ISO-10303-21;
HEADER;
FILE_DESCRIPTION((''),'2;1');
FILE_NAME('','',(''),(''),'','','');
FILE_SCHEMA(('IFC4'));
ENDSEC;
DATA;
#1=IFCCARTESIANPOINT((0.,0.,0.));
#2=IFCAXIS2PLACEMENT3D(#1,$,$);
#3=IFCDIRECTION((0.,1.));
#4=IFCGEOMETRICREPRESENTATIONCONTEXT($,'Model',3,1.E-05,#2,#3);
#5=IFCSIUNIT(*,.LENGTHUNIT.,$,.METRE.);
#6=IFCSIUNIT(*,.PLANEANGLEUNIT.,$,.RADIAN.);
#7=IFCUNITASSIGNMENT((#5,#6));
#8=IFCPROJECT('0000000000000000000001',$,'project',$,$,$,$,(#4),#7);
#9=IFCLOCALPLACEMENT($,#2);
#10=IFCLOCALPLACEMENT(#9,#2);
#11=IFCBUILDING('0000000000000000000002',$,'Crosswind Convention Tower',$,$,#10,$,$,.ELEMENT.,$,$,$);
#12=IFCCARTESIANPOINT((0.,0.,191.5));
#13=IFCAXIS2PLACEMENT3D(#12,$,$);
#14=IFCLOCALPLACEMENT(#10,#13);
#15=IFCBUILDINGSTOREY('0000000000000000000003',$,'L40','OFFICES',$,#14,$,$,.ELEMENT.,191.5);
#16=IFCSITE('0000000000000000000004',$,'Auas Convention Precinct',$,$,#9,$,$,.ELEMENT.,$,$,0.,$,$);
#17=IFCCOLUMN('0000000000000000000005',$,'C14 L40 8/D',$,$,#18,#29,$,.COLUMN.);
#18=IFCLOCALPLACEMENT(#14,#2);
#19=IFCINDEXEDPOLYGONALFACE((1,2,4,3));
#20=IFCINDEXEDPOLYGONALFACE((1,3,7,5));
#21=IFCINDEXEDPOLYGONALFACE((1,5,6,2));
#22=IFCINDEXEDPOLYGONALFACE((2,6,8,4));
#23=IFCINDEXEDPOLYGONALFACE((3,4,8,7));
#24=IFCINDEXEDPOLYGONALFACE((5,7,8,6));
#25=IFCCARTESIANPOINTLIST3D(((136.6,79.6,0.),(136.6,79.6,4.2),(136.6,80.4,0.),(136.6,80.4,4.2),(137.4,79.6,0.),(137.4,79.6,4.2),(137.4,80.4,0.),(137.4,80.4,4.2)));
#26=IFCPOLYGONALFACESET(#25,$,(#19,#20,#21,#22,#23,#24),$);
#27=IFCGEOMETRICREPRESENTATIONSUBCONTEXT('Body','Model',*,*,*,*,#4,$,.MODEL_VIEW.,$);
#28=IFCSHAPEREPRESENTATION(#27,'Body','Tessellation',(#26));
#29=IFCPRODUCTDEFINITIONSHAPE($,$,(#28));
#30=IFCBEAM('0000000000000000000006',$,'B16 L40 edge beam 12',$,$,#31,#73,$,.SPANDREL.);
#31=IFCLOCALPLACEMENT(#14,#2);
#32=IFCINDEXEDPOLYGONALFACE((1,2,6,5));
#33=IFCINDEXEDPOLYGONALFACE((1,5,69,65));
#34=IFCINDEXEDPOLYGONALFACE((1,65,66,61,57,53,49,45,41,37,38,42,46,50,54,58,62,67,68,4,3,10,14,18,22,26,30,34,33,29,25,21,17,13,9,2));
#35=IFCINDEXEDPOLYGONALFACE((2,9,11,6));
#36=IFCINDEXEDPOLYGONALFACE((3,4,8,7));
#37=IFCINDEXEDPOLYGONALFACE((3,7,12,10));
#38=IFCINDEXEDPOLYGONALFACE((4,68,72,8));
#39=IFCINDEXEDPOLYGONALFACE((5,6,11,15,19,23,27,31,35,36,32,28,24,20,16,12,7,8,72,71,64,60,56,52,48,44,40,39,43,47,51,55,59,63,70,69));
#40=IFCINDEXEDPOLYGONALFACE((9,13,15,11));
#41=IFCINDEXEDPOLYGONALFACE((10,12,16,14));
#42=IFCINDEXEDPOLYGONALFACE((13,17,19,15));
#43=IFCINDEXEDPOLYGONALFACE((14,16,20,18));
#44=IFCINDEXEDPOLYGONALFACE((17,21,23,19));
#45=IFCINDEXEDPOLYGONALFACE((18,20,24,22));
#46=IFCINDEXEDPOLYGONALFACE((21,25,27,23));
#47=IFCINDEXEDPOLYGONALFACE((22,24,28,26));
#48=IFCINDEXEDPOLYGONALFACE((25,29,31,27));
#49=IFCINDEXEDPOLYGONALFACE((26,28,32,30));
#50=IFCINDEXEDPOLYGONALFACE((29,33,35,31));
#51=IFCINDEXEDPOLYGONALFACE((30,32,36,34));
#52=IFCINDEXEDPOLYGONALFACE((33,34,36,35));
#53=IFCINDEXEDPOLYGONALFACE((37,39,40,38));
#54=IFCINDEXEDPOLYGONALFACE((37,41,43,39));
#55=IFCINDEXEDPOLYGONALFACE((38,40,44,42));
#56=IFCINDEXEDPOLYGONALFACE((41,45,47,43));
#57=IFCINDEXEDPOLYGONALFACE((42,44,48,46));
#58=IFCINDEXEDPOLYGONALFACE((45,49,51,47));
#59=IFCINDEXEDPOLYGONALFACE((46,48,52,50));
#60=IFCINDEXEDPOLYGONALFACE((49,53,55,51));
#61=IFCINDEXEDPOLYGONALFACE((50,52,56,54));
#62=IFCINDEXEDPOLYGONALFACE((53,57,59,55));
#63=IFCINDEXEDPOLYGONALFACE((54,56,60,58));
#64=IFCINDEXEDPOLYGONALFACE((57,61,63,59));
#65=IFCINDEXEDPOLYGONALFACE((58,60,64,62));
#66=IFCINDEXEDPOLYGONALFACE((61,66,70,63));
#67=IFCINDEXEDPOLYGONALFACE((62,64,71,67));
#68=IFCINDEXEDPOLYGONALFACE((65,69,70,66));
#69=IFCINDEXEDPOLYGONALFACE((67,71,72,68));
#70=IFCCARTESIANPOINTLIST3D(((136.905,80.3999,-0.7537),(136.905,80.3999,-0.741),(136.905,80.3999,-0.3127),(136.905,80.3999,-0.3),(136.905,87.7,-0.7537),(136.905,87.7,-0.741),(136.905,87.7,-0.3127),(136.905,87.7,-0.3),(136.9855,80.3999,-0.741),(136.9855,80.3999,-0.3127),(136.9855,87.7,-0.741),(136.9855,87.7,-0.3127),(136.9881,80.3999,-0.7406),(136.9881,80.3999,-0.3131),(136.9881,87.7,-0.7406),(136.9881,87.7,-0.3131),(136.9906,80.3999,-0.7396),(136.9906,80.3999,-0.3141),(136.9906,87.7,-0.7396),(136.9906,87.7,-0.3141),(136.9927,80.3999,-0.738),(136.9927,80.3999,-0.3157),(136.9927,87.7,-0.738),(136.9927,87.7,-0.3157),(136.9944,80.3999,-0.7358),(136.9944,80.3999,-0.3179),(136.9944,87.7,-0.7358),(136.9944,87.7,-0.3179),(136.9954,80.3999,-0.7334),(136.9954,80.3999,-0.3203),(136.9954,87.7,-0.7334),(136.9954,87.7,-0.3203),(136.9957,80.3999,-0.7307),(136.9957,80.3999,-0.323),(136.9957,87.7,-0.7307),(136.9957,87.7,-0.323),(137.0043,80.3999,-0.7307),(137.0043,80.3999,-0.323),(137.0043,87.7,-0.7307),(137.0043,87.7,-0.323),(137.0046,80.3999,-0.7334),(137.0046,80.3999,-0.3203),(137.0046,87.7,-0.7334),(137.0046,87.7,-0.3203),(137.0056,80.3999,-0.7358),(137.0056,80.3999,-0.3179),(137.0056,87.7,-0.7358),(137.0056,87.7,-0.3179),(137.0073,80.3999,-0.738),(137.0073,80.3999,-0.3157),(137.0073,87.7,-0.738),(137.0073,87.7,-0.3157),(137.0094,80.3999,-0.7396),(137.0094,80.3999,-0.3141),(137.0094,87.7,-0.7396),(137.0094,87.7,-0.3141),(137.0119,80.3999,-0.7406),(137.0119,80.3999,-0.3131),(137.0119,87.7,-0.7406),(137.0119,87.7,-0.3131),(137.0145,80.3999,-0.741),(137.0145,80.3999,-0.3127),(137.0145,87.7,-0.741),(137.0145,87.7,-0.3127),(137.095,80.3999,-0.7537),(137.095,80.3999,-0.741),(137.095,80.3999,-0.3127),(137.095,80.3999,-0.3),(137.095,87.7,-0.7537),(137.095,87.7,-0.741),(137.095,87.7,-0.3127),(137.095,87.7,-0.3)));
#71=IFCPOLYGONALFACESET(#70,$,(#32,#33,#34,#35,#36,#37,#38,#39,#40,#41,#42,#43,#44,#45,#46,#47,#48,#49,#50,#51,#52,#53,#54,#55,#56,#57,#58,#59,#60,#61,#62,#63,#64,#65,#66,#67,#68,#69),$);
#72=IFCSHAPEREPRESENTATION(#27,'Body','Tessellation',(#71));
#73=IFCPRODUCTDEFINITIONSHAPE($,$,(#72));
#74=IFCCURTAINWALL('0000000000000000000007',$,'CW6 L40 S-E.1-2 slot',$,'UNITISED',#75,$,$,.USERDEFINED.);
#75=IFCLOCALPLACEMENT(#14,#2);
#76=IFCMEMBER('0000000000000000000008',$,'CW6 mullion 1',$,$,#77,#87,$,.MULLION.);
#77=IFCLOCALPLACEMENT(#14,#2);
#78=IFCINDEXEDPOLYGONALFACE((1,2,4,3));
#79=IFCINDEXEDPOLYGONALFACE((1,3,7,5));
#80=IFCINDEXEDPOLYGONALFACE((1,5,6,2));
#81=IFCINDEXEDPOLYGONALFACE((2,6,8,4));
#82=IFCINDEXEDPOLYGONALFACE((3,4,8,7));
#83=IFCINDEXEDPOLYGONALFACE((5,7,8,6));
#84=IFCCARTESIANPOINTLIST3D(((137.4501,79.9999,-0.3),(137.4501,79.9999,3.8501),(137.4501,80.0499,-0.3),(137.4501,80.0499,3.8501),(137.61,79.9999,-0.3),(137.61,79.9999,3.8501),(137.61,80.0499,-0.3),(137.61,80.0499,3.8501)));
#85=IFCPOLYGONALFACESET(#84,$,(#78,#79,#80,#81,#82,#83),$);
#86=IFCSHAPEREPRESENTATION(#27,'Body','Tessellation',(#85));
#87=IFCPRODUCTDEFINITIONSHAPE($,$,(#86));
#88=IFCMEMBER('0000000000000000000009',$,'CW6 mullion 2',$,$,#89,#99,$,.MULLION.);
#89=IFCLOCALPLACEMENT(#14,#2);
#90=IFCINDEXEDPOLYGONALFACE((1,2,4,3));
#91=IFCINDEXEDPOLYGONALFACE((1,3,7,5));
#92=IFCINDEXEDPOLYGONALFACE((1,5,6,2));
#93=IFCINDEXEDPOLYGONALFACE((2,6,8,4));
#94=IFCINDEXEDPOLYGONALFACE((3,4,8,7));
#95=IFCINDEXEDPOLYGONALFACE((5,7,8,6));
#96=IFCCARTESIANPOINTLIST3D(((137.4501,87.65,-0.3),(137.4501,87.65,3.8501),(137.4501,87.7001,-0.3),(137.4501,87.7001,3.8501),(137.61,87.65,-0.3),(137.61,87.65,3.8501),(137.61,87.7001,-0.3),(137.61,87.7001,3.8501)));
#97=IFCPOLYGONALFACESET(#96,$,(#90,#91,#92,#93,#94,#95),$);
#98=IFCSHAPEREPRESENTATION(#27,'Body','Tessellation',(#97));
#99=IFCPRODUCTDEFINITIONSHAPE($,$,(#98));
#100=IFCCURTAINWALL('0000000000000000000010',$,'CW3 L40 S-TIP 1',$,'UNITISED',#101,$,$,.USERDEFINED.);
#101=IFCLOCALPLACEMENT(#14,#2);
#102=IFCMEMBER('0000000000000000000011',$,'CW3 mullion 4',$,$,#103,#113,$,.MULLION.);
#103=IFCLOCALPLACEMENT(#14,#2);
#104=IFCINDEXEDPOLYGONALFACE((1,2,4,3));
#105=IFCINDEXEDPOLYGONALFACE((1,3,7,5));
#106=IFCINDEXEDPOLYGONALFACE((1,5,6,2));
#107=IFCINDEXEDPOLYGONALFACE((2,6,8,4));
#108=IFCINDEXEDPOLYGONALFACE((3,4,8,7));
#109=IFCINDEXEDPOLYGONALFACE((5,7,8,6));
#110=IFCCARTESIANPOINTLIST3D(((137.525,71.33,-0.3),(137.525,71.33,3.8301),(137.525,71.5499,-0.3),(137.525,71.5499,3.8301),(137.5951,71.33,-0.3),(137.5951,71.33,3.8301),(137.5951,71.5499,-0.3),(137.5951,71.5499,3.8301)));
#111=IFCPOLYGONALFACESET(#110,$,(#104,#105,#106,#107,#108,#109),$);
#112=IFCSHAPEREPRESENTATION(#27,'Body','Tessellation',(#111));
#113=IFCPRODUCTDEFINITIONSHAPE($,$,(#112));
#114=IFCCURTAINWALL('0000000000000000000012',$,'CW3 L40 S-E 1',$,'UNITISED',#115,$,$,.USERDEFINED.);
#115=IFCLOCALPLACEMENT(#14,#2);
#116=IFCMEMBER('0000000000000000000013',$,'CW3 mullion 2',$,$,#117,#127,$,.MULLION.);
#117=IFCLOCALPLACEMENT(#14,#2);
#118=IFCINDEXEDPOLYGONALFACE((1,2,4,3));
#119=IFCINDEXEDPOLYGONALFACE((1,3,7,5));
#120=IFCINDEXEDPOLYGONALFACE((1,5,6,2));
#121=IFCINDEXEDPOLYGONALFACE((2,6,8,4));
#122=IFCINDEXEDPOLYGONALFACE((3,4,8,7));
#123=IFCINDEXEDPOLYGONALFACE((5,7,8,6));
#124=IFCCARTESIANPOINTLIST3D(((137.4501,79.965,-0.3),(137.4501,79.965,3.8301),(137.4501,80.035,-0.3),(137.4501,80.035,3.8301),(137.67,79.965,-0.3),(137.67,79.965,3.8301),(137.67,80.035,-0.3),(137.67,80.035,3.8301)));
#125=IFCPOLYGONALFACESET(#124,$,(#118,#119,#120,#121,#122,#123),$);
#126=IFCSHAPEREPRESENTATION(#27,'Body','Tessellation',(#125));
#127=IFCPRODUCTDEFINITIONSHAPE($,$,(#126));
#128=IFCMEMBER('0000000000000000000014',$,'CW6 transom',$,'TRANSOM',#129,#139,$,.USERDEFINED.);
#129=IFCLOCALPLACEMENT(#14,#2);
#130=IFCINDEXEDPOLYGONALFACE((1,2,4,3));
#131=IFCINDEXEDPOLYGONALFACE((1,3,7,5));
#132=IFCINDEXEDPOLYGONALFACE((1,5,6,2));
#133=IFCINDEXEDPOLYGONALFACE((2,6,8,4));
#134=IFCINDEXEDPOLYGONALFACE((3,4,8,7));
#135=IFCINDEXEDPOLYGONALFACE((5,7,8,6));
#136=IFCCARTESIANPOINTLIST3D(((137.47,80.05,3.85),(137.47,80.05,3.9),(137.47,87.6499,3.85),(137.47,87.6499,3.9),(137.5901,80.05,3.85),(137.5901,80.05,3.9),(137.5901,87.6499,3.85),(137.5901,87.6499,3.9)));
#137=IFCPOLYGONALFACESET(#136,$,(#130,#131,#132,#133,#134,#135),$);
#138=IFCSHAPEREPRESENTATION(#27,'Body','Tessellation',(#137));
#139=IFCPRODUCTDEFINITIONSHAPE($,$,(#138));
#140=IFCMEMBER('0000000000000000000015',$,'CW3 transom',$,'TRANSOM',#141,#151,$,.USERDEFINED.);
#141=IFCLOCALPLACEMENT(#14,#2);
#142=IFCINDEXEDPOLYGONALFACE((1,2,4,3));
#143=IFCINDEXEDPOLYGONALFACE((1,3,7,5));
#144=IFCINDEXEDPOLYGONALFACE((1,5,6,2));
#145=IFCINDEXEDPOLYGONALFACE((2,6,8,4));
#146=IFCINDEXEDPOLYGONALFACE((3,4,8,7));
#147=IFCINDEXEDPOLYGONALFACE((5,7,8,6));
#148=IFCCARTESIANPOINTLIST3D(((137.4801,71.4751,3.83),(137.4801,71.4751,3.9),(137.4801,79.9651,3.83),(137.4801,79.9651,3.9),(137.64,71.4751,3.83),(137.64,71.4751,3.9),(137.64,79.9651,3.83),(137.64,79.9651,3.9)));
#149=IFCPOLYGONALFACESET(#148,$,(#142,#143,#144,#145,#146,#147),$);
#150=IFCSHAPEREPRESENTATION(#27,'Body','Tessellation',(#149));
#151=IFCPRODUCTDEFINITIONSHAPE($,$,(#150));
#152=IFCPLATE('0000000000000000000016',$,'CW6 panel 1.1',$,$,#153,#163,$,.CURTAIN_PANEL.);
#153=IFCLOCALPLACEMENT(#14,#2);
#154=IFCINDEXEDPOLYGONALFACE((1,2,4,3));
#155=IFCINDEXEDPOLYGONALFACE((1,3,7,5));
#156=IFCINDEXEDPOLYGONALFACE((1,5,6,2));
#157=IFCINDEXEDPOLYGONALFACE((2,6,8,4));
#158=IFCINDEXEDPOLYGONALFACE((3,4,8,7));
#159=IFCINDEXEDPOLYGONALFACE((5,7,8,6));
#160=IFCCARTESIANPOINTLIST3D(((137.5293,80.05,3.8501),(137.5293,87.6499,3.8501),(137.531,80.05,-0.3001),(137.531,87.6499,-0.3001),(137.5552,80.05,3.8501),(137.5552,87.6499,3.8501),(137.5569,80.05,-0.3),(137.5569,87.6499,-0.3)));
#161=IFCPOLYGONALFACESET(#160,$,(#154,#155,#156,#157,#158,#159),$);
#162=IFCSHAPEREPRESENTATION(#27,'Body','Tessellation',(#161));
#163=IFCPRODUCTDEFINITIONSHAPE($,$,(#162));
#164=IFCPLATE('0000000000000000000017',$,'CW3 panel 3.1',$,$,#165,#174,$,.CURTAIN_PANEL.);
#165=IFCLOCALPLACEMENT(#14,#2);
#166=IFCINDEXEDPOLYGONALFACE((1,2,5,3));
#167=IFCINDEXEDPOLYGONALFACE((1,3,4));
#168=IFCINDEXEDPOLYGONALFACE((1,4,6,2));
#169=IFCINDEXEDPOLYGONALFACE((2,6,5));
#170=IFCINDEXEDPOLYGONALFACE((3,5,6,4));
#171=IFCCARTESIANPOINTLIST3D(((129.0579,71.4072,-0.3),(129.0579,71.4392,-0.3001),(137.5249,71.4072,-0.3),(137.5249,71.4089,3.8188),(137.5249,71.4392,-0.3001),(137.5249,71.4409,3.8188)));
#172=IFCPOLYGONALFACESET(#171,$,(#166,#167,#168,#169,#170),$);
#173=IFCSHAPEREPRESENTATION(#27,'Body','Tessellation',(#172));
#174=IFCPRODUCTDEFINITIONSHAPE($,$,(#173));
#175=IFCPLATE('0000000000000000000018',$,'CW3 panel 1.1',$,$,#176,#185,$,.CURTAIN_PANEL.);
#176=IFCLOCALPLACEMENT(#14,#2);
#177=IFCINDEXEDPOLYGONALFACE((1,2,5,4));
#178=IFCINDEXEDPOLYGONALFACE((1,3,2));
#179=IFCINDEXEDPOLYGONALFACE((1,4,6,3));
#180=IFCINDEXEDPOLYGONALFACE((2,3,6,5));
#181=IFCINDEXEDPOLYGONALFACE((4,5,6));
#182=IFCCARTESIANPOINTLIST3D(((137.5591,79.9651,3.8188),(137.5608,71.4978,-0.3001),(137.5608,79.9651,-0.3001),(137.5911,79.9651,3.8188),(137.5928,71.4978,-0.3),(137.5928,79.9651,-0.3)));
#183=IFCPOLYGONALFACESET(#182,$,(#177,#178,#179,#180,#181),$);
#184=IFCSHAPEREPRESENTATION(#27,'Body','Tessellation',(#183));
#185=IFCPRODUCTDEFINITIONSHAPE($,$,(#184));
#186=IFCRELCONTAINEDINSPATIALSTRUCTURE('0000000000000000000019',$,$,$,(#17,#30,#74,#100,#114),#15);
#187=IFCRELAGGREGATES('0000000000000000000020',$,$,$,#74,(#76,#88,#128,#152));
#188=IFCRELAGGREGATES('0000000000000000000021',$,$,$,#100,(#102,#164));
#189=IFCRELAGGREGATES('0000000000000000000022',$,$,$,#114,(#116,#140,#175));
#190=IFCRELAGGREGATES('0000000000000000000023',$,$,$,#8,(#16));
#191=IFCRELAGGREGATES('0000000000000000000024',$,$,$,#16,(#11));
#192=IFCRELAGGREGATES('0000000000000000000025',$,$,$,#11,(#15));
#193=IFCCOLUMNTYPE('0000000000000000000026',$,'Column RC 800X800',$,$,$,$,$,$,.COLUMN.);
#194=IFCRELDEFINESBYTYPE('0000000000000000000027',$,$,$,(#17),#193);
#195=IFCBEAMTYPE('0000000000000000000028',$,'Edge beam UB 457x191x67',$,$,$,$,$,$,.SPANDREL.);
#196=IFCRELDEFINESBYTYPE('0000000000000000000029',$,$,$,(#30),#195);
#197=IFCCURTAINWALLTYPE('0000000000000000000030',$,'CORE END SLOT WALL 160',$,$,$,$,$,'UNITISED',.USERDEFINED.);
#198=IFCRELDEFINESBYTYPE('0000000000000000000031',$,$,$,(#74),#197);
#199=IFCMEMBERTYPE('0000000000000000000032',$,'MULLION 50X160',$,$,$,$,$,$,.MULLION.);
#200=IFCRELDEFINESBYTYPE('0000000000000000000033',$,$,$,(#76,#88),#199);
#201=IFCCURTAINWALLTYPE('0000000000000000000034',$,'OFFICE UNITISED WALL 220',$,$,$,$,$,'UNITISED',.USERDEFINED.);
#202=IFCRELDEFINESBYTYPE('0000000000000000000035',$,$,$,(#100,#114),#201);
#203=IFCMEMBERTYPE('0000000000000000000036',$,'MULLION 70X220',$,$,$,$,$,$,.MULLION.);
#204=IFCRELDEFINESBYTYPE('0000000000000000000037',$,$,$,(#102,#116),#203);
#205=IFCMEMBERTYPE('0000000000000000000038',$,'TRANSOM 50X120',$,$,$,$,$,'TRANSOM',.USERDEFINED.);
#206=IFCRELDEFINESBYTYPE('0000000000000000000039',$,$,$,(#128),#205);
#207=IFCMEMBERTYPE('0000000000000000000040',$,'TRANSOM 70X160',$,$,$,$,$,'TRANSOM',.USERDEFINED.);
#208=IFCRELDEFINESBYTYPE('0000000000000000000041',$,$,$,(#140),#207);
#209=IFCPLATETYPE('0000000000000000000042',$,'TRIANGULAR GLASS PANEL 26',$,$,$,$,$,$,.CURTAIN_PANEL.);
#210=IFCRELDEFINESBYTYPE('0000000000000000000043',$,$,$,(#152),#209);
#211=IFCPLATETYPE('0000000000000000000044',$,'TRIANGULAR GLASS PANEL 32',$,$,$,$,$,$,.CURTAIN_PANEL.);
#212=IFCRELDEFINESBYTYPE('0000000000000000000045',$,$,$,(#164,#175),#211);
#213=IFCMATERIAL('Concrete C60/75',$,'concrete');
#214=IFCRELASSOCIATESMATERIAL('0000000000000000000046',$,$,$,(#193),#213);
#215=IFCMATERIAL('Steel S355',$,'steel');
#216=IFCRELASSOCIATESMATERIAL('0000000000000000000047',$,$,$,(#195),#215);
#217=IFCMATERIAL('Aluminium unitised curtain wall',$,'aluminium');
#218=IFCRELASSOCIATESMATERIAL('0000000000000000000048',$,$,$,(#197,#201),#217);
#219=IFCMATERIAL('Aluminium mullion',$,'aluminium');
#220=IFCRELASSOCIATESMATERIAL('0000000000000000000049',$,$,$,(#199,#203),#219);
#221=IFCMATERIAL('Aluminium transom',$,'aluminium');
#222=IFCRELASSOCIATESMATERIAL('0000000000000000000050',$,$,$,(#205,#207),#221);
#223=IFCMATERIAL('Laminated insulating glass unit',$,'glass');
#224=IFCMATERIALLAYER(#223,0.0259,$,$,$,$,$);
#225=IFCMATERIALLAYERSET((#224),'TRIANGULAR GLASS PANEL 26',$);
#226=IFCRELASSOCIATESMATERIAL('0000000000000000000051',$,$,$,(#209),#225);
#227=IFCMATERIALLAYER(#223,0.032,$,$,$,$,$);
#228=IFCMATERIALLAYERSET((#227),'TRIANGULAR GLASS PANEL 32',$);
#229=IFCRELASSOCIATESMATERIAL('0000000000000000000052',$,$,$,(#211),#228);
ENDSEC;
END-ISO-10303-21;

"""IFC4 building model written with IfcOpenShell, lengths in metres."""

from ifc_helpers import new_model, si_unit, direction, frame, origin, origin_2d, place, context, subcontext, project, spatial, polyline, rectangle, i_section, outline, extrude, material, layer, layer_set, material_profile, profile_set, type_object, element, aggregate, save


model = new_model("IFC4")

# Units and contexts
model_context = context("Model", 3, precision=1e-05, world=origin(), true_north=direction((0.0, 1.0)))
body_context = subcontext(model_context, "Body", "Model", "MODEL_VIEW")
ifc_project = project(units=[si_unit("LENGTHUNIT", "METRE"), si_unit("PLANEANGLEUNIT", "RADIAN")], contexts=[model_context])

# Site, building, storey
site_placement = place(None, origin())
site = spatial("IfcSite", under=ifc_project, at=site_placement, Name="Auas Convention Precinct", CompositionType="ELEMENT", RefElevation=0.0)
building_placement = place(site_placement, origin())
building = spatial("IfcBuilding", under=site, at=building_placement, Name="Crosswind Convention Tower", CompositionType="ELEMENT")
storey_placement = place(building_placement, frame((0.0, 0.0, 191.5)))
storey = spatial("IfcBuildingStorey", under=building, at=storey_placement, Name="L40", Description="OFFICES", CompositionType="ELEMENT", Elevation=191.5)

# Column
ifc_material_1 = material(Name="Concrete C60/75", Category="concrete")
ifc_material_profile_1 = material_profile(ifc_material_1, rectangle(XDim=0.8, YDim=0.8, at=origin_2d()), Name="RC 800X800")
ifc_profile_set_1 = profile_set([ifc_material_profile_1], Name="Concrete C60/75")
column_type = type_object("IfcColumnType", Name="Column RC 800X800", PredefinedType="COLUMN", material=ifc_profile_set_1)
column_placement = place(storey_placement, frame((137.0, 80.0, 0.0), z_axis=(0.0, 0.0, 1.0), x_axis=(1.0, 0.0, 0.0)))
element("IfcColumn", 1, at=column_placement, inside=storey, type_object=column_type, Name="C14 L40 8/D", PredefinedType="COLUMN", context=body_context, shape_type="SweptSolid", body=[
    extrude(rectangle(XDim=0.8, YDim=0.8, at=origin_2d()), origin(), (0.0, 0.0, 1.0), 4.2),
])

# Beam
ifc_material_2 = material(Name="Steel S355", Category="steel")
ifc_material_profile_2 = material_profile(ifc_material_2, i_section(OverallWidth=0.1899, OverallDepth=0.4536, WebThickness=0.0085, FlangeThickness=0.0127, FilletRadius=0.0103, at=origin_2d()), Name="UB 457x191x67")
ifc_profile_set_2 = profile_set([ifc_material_profile_2], Name="Steel S355")
beam_type = type_object("IfcBeamType", Name="Edge beam UB 457x191x67", PredefinedType="SPANDREL", material=ifc_profile_set_2)
beam_placement = place(storey_placement, frame((137.0, 80.3999, -0.5269), z_axis=(0.0, 1.0, 0.0), x_axis=(-1.0, 0.0, 0.0)))
element("IfcBeam", 2, at=beam_placement, inside=storey, type_object=beam_type, Name="B16 L40 edge beam 12", PredefinedType="SPANDREL", context=body_context, shape_type="SweptSolid", body=[
    extrude(i_section(OverallWidth=0.1899, OverallDepth=0.4536, WebThickness=0.0085, FlangeThickness=0.0127, FilletRadius=0.0103, at=origin_2d()), origin(), (0.0, 0.0, 1.0), 7.3),
])

# Curtain wall, members
ifc_material_3 = material(Name="Aluminium unitised curtain wall", Category="aluminium")
curtain_wall_type_1 = type_object("IfcCurtainWallType", Name="CORE END SLOT WALL 160", ElementType="UNITISED", PredefinedType="USERDEFINED", material=ifc_material_3)
curtain_wall_1_placement = place(storey_placement, origin())
curtain_wall_1 = element("IfcCurtainWall", 3, at=curtain_wall_1_placement, inside=storey, type_object=curtain_wall_type_1, Name="CW6 L40 S-E.1-2 slot", ObjectType="UNITISED", PredefinedType="USERDEFINED")
ifc_material_4 = material(Name="Aluminium mullion", Category="aluminium")
ifc_material_profile_3 = material_profile(ifc_material_4, rectangle(XDim=0.1599, YDim=0.05, at=origin_2d()), Name="AL 160X50")
ifc_profile_set_3 = profile_set([ifc_material_profile_3], Name="Aluminium mullion")
member_type_1 = type_object("IfcMemberType", Name="MULLION 50X160", PredefinedType="MULLION", material=ifc_profile_set_3)
member_1_placement = place(storey_placement, frame((137.53, 80.0249, -0.3), z_axis=(0.0, 0.0, 1.0), x_axis=(1.0, 0.0, 0.0)))
member_1 = element("IfcMember", 4, at=member_1_placement, type_object=member_type_1, Name="CW6 mullion 1", PredefinedType="MULLION", context=body_context, shape_type="SweptSolid", body=[
    extrude(rectangle(XDim=0.1599, YDim=0.05, at=origin_2d()), origin(), (0.0, 0.0, 1.0), 4.1501),
])
member_2_placement = place(storey_placement, frame((137.53, 87.675, -0.3), z_axis=(0.0, 0.0, 1.0), x_axis=(1.0, 0.0, 0.0)))
member_2 = element("IfcMember", 5, at=member_2_placement, type_object=member_type_1, Name="CW6 mullion 2", PredefinedType="MULLION", context=body_context, shape_type="SweptSolid", body=[
    extrude(rectangle(XDim=0.1599, YDim=0.05, at=origin_2d()), origin(), (0.0, 0.0, 1.0), 4.1501),
])

# Curtain walls, members
curtain_wall_type_2 = type_object("IfcCurtainWallType", Name="OFFICE UNITISED WALL 220", ElementType="UNITISED", PredefinedType="USERDEFINED", material=ifc_material_3)
curtain_wall_2_placement = place(storey_placement, origin())
curtain_wall_2 = element("IfcCurtainWall", 6, at=curtain_wall_2_placement, inside=storey, type_object=curtain_wall_type_2, Name="CW3 L40 S-TIP 1", ObjectType="UNITISED", PredefinedType="USERDEFINED")
ifc_material_profile_4 = material_profile(ifc_material_4, rectangle(XDim=0.22, YDim=0.0701, at=origin_2d()), Name="AL 220X70")
ifc_profile_set_4 = profile_set([ifc_material_profile_4], Name="Aluminium mullion")
member_type_2 = type_object("IfcMemberType", Name="MULLION 70X220", PredefinedType="MULLION", material=ifc_profile_set_4)
member_3_placement = place(storey_placement, frame((137.5601, 71.4399, -0.3), z_axis=(0.0, 0.0, 1.0), x_axis=(0.0, -1.0, 0.0)))
member_3 = element("IfcMember", 7, at=member_3_placement, type_object=member_type_2, Name="CW3 mullion 4", PredefinedType="MULLION", context=body_context, shape_type="SweptSolid", body=[
    extrude(rectangle(XDim=0.22, YDim=0.0701, at=origin_2d()), origin(), (0.0, 0.0, 1.0), 4.1301),
])
curtain_wall_3_placement = place(storey_placement, origin())
curtain_wall_3 = element("IfcCurtainWall", 8, at=curtain_wall_3_placement, inside=storey, type_object=curtain_wall_type_2, Name="CW3 L40 S-E 1", ObjectType="UNITISED", PredefinedType="USERDEFINED")
member_4_placement = place(storey_placement, frame((137.5601, 80.0, -0.3), z_axis=(0.0, 0.0, 1.0), x_axis=(1.0, 0.0, 0.0)))
member_4 = element("IfcMember", 9, at=member_4_placement, type_object=member_type_2, Name="CW3 mullion 2", PredefinedType="MULLION", context=body_context, shape_type="SweptSolid", body=[
    extrude(rectangle(XDim=0.22, YDim=0.0701, at=origin_2d()), origin(), (0.0, 0.0, 1.0), 4.1301),
])

# Members
ifc_material_5 = material(Name="Aluminium transom", Category="aluminium")
ifc_material_profile_5 = material_profile(ifc_material_5, rectangle(XDim=0.1201, YDim=0.05, at=origin_2d()), Name="AL 120X50")
ifc_profile_set_5 = profile_set([ifc_material_profile_5], Name="Aluminium transom")
member_type_3 = type_object("IfcMemberType", Name="TRANSOM 50X120", ElementType="TRANSOM", PredefinedType="USERDEFINED", material=ifc_profile_set_5)
member_5_placement = place(storey_placement, frame((137.53, 80.05, 3.875), z_axis=(0.0, 1.0, 0.0), x_axis=(-1.0, 0.0, 0.0)))
member_5 = element("IfcMember", 10, at=member_5_placement, type_object=member_type_3, Name="CW6 transom", ObjectType="TRANSOM", PredefinedType="USERDEFINED", context=body_context, shape_type="SweptSolid", body=[
    extrude(rectangle(XDim=0.1201, YDim=0.05, at=origin_2d()), origin(), (0.0, 0.0, 1.0), 7.5999),
])
ifc_material_profile_6 = material_profile(ifc_material_5, rectangle(XDim=0.1599, YDim=0.0701, at=origin_2d()), Name="AL 160X70")
ifc_profile_set_6 = profile_set([ifc_material_profile_6], Name="Aluminium transom")
member_type_4 = type_object("IfcMemberType", Name="TRANSOM 70X160", ElementType="TRANSOM", PredefinedType="USERDEFINED", material=ifc_profile_set_6)
member_6_placement = place(storey_placement, frame((137.5601, 71.4751, 3.865), z_axis=(0.0, 1.0, 0.0), x_axis=(-1.0, 0.0, 0.0)))
member_6 = element("IfcMember", 11, at=member_6_placement, type_object=member_type_4, Name="CW3 transom", ObjectType="TRANSOM", PredefinedType="USERDEFINED", context=body_context, shape_type="SweptSolid", body=[
    extrude(rectangle(XDim=0.1599, YDim=0.0701, at=origin_2d()), origin(), (0.0, 0.0, 1.0), 8.49),
])

# Plates
ifc_material_6 = material(Name="Laminated insulating glass unit", Category="glass")
ifc_layer_1 = layer(ifc_material_6, 0.0259)
ifc_layer_set_1 = layer_set([ifc_layer_1], Name="TRIANGULAR GLASS PANEL 26")
plate_type_1 = type_object("IfcPlateType", Name="TRIANGULAR GLASS PANEL 26", PredefinedType="CURTAIN_PANEL", material=ifc_layer_set_1)
plate_1_placement = place(storey_placement, frame((137.5569, 80.05, -0.3), z_axis=(1.0, 0.0, 0.000412), x_axis=(0.0, 1.0, 0.0)))
plate_1 = element("IfcPlate", 12, at=plate_1_placement, type_object=plate_type_1, Name="CW6 panel 1.1", PredefinedType="CURTAIN_PANEL", context=body_context, shape_type="SweptSolid", body=[
    extrude(outline(polyline([(0.0, 0.0), (7.5999, 0.0), (7.5999, 4.1501), (0.0, 4.1501), (0.0, 0.0)])), origin(), (0.0, 0.0, -1.0), 0.0259),
])
aggregate(curtain_wall_1, [member_1, member_2, member_5, plate_1])
ifc_layer_2 = layer(ifc_material_6, 0.032)
ifc_layer_set_2 = layer_set([ifc_layer_2], Name="TRIANGULAR GLASS PANEL 32")
plate_type_2 = type_object("IfcPlateType", Name="TRIANGULAR GLASS PANEL 32", PredefinedType="CURTAIN_PANEL", material=ifc_layer_set_2)
plate_2_placement = place(storey_placement, frame((137.5249, 71.4072, -0.3), z_axis=(0.0, -1.0, 0.000415), x_axis=(0.0, 0.000415, 1.0)))
plate_2 = element("IfcPlate", 13, at=plate_2_placement, type_object=plate_type_2, Name="CW3 panel 3.1", PredefinedType="CURTAIN_PANEL", context=body_context, shape_type="SweptSolid", body=[
    extrude(outline(polyline([(0.0, 0.0), (4.1189, 0.0), (0.0, 8.467), (0.0, 0.0)])), origin(), (0.0, 0.0, -1.0), 0.032),
])
aggregate(curtain_wall_2, [member_3, plate_2])
plate_3_placement = place(storey_placement, frame((137.5928, 79.9651, -0.3), z_axis=(1.0, 0.0, 0.000415), x_axis=(-0.000415, 0.0, 1.0)))
plate_3 = element("IfcPlate", 14, at=plate_3_placement, type_object=plate_type_2, Name="CW3 panel 1.1", PredefinedType="CURTAIN_PANEL", context=body_context, shape_type="SweptSolid", body=[
    extrude(outline(polyline([(0.0, 0.0), (4.1189, 0.0), (0.0, 8.4673), (0.0, 0.0)])), origin(), (0.0, 0.0, -1.0), 0.032),
])

aggregate(curtain_wall_3, [member_4, member_6, plate_3])

save(model, "model.ifc")
